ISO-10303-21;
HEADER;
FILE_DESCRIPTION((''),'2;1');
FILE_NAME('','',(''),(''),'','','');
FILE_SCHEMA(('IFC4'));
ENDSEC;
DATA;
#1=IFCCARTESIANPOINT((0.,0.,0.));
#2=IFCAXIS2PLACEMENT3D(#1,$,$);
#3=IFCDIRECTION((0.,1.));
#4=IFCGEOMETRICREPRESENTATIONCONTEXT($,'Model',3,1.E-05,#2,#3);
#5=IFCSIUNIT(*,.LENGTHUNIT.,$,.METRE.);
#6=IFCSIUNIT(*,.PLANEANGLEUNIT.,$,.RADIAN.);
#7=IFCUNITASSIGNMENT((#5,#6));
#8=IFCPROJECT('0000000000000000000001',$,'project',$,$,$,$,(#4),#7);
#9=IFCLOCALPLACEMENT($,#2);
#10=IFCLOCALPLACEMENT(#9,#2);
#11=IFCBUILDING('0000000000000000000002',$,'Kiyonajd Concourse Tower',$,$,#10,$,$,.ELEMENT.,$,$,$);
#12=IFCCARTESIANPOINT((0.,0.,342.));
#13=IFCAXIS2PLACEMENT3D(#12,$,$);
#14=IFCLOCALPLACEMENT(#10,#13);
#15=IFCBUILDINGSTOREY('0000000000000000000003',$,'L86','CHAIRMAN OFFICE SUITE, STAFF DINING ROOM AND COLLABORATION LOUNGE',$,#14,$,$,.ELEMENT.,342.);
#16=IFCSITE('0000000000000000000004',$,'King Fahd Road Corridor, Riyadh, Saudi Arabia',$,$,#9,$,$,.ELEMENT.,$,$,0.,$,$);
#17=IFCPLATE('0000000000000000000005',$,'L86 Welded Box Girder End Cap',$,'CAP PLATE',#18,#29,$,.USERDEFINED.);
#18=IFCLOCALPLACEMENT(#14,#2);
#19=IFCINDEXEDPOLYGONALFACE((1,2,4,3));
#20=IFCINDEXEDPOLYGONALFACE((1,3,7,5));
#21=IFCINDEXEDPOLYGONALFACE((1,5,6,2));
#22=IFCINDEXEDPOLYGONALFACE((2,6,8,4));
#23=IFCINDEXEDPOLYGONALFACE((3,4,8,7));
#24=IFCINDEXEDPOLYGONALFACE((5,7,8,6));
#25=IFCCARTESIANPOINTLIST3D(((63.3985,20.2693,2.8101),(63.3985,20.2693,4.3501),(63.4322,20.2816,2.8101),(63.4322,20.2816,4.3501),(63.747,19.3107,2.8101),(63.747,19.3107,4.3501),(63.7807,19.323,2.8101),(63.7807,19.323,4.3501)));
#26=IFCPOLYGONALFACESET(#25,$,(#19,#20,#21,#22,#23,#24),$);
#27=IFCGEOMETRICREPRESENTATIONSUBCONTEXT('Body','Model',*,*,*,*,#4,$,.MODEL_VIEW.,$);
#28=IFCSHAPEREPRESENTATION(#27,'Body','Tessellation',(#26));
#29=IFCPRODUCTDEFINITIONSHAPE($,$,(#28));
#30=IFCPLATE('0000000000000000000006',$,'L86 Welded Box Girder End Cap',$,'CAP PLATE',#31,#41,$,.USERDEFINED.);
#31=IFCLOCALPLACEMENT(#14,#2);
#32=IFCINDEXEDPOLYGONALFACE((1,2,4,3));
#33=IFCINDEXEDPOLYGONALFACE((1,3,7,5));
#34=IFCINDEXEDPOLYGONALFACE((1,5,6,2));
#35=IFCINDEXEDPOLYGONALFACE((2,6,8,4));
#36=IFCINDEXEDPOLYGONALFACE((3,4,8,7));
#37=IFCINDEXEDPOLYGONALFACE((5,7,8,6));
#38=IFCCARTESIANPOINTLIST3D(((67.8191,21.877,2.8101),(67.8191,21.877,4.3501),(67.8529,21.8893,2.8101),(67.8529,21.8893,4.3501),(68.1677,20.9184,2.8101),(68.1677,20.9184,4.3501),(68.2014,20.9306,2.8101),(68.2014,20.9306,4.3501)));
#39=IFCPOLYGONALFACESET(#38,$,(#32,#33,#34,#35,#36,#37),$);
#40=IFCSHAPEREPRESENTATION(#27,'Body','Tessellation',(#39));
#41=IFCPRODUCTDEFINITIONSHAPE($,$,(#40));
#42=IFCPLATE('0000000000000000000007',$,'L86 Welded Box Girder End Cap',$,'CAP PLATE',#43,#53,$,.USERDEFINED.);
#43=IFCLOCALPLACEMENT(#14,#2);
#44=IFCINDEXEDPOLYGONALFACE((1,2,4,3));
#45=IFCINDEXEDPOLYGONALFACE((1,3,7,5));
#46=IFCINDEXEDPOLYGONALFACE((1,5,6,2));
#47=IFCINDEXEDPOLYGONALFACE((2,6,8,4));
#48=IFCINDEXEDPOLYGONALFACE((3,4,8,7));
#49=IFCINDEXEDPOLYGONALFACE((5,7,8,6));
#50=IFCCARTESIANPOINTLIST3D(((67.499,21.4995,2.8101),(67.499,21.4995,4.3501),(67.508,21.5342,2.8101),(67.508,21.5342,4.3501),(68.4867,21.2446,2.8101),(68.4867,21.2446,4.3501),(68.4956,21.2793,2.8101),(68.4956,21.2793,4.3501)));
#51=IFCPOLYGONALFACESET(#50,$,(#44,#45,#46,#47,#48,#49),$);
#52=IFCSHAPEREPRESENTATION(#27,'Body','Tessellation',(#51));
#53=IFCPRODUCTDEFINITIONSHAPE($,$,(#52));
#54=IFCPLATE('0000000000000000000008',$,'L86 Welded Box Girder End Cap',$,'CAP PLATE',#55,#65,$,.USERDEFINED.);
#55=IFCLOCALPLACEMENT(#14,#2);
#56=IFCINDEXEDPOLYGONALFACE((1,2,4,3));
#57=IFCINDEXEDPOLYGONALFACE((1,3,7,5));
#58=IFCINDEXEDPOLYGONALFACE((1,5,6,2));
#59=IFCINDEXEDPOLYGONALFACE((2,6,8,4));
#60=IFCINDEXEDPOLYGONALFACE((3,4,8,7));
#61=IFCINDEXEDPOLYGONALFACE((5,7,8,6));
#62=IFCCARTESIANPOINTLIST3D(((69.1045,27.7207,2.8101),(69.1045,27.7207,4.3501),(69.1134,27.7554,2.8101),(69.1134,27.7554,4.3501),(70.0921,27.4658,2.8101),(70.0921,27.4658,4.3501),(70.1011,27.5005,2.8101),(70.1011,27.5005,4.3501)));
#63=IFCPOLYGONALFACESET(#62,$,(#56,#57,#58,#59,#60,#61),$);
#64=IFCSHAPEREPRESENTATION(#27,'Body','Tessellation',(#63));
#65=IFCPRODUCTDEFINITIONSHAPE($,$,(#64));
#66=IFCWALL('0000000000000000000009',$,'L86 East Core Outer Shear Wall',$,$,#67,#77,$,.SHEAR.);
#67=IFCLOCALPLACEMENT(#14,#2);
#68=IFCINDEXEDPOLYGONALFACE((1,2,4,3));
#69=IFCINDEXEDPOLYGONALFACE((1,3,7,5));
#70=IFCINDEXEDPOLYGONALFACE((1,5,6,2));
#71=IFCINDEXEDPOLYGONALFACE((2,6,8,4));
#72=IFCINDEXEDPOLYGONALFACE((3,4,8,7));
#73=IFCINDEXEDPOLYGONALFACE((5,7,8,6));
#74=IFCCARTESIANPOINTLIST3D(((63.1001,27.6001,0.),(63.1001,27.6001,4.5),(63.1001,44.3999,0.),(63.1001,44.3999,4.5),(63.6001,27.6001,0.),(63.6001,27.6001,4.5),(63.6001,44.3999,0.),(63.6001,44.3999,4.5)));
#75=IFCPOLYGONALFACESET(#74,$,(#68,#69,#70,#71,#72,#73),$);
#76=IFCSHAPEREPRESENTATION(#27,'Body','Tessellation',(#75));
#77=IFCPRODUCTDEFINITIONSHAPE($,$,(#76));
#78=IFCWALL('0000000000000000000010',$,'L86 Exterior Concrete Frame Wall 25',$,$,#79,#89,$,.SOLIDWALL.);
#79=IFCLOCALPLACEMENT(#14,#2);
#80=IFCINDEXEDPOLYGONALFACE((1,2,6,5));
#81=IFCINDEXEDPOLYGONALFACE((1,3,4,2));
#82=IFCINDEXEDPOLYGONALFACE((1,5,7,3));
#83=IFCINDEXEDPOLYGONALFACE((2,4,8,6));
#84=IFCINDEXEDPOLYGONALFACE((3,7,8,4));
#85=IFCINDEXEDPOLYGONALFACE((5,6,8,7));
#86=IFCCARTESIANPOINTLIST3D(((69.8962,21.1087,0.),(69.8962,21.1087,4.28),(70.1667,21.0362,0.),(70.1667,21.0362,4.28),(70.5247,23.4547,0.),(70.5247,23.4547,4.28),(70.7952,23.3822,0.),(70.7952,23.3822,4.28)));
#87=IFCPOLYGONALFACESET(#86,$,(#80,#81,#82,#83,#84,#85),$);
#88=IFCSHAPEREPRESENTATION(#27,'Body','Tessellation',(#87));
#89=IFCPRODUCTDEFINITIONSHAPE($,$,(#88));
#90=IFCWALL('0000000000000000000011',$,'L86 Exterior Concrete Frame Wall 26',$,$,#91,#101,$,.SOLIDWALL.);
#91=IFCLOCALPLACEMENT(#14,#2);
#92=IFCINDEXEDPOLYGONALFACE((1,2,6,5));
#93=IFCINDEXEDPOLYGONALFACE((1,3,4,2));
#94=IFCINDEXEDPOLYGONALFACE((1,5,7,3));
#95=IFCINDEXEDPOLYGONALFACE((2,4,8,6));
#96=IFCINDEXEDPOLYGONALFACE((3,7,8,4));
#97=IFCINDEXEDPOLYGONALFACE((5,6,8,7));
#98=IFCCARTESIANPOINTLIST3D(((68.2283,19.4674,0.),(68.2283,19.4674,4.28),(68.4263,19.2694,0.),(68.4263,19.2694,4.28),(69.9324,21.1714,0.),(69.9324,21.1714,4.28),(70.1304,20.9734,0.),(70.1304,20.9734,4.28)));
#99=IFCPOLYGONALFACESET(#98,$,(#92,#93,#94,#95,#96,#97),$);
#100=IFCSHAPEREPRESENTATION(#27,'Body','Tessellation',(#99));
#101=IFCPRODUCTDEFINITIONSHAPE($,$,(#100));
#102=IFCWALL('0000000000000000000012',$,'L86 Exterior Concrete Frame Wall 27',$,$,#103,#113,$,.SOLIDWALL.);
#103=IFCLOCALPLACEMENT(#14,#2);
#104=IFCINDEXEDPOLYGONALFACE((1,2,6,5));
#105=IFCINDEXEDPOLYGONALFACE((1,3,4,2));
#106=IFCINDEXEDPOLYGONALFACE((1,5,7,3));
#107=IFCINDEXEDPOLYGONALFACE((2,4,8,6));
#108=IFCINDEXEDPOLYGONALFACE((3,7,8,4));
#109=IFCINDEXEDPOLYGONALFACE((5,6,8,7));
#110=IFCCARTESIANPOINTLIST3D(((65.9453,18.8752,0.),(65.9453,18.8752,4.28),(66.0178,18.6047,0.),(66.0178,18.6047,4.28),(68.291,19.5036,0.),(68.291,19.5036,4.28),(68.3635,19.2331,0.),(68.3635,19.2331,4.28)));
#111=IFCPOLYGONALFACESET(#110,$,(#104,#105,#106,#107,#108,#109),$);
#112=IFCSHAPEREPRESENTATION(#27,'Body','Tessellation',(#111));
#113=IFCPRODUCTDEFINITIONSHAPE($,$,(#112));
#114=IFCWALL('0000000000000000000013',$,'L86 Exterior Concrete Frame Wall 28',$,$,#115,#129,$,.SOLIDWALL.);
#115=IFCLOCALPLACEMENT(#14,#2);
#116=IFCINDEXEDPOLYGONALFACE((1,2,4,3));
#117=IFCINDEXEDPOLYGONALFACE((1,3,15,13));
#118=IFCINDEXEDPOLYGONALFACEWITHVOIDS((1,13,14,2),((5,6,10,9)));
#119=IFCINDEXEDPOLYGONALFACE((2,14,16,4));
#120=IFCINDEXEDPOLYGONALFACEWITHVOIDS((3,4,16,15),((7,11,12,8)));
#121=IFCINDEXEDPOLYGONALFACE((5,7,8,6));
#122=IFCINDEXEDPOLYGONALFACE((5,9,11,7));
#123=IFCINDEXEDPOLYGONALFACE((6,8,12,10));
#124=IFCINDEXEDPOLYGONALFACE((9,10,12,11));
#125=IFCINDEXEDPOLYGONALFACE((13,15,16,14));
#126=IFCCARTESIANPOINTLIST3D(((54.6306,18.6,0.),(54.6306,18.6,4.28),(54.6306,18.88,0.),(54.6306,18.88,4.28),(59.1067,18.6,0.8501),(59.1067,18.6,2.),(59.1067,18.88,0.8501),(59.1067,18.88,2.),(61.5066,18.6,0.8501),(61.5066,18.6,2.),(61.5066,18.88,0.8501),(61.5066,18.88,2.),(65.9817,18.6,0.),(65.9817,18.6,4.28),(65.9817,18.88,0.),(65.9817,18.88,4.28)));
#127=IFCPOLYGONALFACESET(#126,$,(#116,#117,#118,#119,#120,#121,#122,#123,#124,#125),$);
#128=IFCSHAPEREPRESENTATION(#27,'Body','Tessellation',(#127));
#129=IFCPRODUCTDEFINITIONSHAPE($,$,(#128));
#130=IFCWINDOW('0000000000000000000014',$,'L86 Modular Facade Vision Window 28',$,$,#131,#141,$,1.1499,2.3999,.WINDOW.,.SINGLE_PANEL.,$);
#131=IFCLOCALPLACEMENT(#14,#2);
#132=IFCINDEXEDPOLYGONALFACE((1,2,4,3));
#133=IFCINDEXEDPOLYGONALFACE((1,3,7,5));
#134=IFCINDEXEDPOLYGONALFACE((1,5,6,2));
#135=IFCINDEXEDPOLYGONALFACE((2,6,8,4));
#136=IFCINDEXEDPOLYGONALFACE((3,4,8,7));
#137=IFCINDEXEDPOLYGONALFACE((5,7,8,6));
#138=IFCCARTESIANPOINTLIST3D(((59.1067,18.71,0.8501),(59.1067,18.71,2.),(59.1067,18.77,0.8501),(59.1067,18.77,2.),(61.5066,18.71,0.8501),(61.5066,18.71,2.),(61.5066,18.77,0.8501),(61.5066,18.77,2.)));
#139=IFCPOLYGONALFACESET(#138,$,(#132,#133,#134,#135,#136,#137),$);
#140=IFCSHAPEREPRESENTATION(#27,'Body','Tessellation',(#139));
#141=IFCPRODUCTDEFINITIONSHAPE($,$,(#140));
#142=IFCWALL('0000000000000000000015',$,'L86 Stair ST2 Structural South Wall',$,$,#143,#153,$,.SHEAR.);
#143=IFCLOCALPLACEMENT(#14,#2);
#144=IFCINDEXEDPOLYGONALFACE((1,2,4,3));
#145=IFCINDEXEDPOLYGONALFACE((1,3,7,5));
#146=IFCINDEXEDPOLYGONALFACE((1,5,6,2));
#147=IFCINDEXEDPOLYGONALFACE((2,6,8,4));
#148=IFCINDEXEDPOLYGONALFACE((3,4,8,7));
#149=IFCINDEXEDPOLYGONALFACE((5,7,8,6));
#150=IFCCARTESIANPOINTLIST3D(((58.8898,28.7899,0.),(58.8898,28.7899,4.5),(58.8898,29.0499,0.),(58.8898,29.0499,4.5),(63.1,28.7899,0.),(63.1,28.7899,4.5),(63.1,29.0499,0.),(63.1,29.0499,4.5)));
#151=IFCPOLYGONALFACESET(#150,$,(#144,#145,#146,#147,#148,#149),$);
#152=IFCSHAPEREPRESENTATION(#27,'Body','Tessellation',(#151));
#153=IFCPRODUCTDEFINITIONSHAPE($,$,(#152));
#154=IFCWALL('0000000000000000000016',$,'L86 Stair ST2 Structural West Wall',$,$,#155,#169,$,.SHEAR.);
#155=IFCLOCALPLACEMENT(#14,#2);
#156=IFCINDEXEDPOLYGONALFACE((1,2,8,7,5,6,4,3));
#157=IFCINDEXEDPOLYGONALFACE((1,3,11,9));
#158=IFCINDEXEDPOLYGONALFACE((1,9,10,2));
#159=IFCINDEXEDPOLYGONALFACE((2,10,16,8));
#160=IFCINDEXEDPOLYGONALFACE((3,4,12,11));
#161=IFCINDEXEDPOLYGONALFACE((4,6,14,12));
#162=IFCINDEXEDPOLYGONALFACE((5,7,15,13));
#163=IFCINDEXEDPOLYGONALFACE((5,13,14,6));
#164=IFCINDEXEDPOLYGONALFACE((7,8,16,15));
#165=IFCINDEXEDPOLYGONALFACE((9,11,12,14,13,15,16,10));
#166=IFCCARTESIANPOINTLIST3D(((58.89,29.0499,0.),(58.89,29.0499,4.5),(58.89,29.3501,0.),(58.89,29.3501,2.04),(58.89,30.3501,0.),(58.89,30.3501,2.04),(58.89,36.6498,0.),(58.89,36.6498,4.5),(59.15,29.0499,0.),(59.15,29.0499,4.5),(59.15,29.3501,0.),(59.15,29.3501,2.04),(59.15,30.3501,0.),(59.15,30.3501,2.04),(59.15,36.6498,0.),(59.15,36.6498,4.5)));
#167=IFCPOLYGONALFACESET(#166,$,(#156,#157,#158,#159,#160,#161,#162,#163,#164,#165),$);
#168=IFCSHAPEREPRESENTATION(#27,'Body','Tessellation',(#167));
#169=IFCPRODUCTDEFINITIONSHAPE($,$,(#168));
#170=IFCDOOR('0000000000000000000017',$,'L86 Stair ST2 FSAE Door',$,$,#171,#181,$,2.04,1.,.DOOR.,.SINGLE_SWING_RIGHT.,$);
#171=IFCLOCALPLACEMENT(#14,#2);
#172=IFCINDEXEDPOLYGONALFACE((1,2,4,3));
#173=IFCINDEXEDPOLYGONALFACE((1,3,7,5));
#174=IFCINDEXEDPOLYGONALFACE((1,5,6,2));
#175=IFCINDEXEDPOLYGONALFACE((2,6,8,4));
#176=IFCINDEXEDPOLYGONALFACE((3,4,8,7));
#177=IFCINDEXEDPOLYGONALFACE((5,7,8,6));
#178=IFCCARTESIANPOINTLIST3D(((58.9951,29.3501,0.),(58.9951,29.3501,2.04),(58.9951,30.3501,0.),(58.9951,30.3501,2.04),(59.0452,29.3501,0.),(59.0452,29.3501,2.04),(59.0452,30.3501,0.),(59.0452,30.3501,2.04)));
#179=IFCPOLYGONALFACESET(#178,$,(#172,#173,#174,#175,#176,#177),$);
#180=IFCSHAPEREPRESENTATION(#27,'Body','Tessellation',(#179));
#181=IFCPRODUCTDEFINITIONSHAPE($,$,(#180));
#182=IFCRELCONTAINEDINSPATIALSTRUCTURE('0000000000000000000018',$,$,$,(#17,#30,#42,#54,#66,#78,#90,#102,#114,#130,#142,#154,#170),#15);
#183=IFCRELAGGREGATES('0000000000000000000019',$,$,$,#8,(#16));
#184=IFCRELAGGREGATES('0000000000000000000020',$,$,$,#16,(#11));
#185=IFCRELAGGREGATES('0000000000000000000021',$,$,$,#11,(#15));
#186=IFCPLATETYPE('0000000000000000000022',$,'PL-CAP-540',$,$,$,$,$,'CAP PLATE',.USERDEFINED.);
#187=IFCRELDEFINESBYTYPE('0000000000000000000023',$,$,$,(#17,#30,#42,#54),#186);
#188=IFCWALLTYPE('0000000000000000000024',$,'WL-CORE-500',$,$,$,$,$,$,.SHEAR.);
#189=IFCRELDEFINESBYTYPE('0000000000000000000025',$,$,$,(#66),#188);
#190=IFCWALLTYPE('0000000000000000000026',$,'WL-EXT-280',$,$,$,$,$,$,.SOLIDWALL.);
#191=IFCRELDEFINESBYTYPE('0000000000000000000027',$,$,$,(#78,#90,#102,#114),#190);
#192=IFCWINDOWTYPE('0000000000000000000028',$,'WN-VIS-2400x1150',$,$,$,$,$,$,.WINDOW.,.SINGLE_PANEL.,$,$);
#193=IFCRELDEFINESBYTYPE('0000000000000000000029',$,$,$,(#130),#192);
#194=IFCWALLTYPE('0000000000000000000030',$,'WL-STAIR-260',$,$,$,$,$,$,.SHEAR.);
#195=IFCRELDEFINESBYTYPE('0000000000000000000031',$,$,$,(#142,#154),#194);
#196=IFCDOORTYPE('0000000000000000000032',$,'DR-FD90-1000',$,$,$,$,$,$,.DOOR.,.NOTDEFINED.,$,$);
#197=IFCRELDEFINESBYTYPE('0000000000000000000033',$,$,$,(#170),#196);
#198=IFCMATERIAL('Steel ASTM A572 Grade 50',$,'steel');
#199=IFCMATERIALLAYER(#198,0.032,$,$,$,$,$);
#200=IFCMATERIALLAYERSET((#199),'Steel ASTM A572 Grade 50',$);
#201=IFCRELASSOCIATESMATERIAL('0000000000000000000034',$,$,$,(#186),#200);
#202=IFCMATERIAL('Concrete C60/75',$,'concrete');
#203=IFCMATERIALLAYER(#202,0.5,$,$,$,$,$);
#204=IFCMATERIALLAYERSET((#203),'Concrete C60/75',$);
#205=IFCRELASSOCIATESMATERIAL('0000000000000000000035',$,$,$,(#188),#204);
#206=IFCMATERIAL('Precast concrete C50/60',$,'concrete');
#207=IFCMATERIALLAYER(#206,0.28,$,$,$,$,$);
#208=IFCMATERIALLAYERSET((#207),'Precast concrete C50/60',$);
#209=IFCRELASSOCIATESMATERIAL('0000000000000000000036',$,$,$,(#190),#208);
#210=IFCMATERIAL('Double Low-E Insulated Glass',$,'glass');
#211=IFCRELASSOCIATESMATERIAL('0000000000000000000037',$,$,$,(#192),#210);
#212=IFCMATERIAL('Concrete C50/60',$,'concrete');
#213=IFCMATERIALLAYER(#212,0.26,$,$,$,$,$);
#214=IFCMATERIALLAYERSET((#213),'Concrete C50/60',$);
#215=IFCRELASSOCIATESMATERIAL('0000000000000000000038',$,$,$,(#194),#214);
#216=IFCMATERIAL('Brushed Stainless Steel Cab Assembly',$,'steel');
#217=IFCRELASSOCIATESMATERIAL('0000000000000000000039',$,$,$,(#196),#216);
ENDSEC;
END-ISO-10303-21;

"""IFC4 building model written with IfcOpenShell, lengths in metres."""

from ifc_helpers import new_model, si_unit, direction, frame, frame_2d, origin, origin_2d, place, context, subcontext, project, spatial, rectangle, extrude, material, layer, layer_set, type_object, element, fill, save


model = new_model("IFC4")

# Units and contexts
model_context = context("Model", 3, precision=1e-05, world=origin(), true_north=direction((0.0, 1.0)))
body_context = subcontext(model_context, "Body", "Model", "MODEL_VIEW")
ifc_project = project(units=[si_unit("LENGTHUNIT", "METRE"), si_unit("PLANEANGLEUNIT", "RADIAN")], contexts=[model_context])

# Site, building, storey
site_placement = place(None, origin())
site = spatial("IfcSite", under=ifc_project, at=site_placement, Name="King Fahd Road Corridor, Riyadh, Saudi Arabia", CompositionType="ELEMENT", RefElevation=0.0)
building_placement = place(site_placement, origin())
building = spatial("IfcBuilding", under=site, at=building_placement, Name="Kiyonajd Concourse Tower", CompositionType="ELEMENT")
storey_placement = place(building_placement, frame((0.0, 0.0, 342.0)))
storey = spatial("IfcBuildingStorey", under=building, at=storey_placement, Name="L86", Description="CHAIRMAN OFFICE SUITE, STAFF DINING ROOM AND COLLABORATION LOUNGE", CompositionType="ELEMENT", Elevation=342.0)

# Shared definitions
ifc_material_1 = material(Name="Concrete C60/75", Category="concrete")

# Shared definitions
ifc_material_2 = material(Name="Steel ASTM A572 Grade 50", Category="steel")

# Plates
ifc_layer_1 = layer(ifc_material_2, 0.032)
ifc_layer_set_1 = layer_set([ifc_layer_1], Name="Steel ASTM A572 Grade 50")
plate_type = type_object("IfcPlateType", Name="PL-CAP-540", ElementType="CAP PLATE", PredefinedType="USERDEFINED", material=ifc_layer_set_1)
for number, where, z_axis, x_axis, name in (
    (1, (63.5896, 19.7961, 2.8101), (0.0, 0.0, 1.0), (-0.939812, -0.341692, 0.0), "L86 Welded Box Girder End Cap"),
    (2, (68.0103, 21.4038, 2.8101), (0.0, 0.0, 1.0), (0.939812, 0.341692, 0.0), "L86 Welded Box Girder End Cap"),
    (3, (67.9973, 21.3894, 2.8101), (0.0, 0.0, 1.0), (-0.249873, -0.968279, 0.0), "L86 Welded Box Girder End Cap"),
    (4, (69.6028, 27.6106, 2.8101), (0.0, 0.0, 1.0), (0.249873, 0.968279, 0.0), "L86 Welded Box Girder End Cap"),
):
    element("IfcPlate", number, at=place(storey_placement, frame(where, z_axis=z_axis, x_axis=x_axis)), inside=storey, type_object=plate_type, Name=name, ObjectType="CAP PLATE", PredefinedType="USERDEFINED", context=body_context, shape_type="SweptSolid", body=[
        extrude(rectangle(XDim=0.0359, YDim=1.02, at=origin_2d()), origin(), (0.0, 0.0, 1.0), 1.54),
    ])

# Walls
ifc_layer_2 = layer(ifc_material_1, 0.5)
ifc_layer_set_2 = layer_set([ifc_layer_2], Name="Concrete C60/75")
wall_type_1 = type_object("IfcWallType", Name="WL-CORE-500", PredefinedType="SHEAR", material=ifc_layer_set_2)
wall_1_placement = place(storey_placement, frame((63.3501, 27.6001, 0.0), z_axis=(0.0, 0.0, 1.0), x_axis=(0.0, 1.0, 0.0)))
element("IfcWall", 5, at=wall_1_placement, inside=storey, type_object=wall_type_1, Name="L86 East Core Outer Shear Wall", PredefinedType="SHEAR", context=body_context, shape_type="SweptSolid", body=[
    extrude(rectangle(XDim=16.7998, YDim=0.5, at=frame_2d((8.3999, 0.0))), origin(), (0.0, 0.0, 1.0), 4.5),
])
ifc_material_3 = material(Name="Precast concrete C50/60", Category="concrete")
ifc_layer_3 = layer(ifc_material_3, 0.28)
ifc_layer_set_3 = layer_set([ifc_layer_3], Name="Precast concrete C50/60")
wall_type_2 = type_object("IfcWallType", Name="WL-EXT-280", PredefinedType="SOLIDWALL", material=ifc_layer_set_3)
wall_2_placement = place(storey_placement, frame((70.6599, 23.4185, 0.0), z_axis=(0.0, 0.0, 1.0), x_axis=(-0.258751, -0.965944, 0.0)))
element("IfcWall", 6, at=wall_2_placement, inside=storey, type_object=wall_type_2, Name="L86 Exterior Concrete Frame Wall 25", PredefinedType="SOLIDWALL", context=body_context, shape_type="SweptSolid", body=[
    extrude(rectangle(XDim=2.4287, YDim=0.28, at=frame_2d((1.2144, 0.0))), origin(), (0.0, 0.0, 1.0), 4.28),
])
wall_3_placement = place(storey_placement, frame((70.0315, 21.0725, 0.0), z_axis=(0.0, 0.0, 1.0), x_axis=(-0.707107, -0.707107, 0.0)))
element("IfcWall", 7, at=wall_3_placement, inside=storey, type_object=wall_type_2, Name="L86 Exterior Concrete Frame Wall 26", PredefinedType="SOLIDWALL", context=body_context, shape_type="SweptSolid", body=[
    extrude(rectangle(XDim=2.4099, YDim=0.28, at=frame_2d((1.2051, 0.0))), origin(), (0.0, 0.0, 1.0), 4.28),
])
wall_4_placement = place(storey_placement, frame((68.3274, 19.3684, 0.0), z_axis=(0.0, 0.0, 1.0), x_axis=(-0.965937, -0.258776, 0.0)))
element("IfcWall", 8, at=wall_4_placement, inside=storey, type_object=wall_type_2, Name="L86 Exterior Concrete Frame Wall 27", PredefinedType="SOLIDWALL", context=body_context, shape_type="SweptSolid", body=[
    extrude(rectangle(XDim=2.4285, YDim=0.28, at=frame_2d((1.2144, 0.0))), origin(), (0.0, 0.0, 1.0), 4.28),
])

# Wall, opening, window
wall_5_placement = place(storey_placement, frame((65.9817, 18.74, 0.0), z_axis=(0.0, 0.0, 1.0), x_axis=(-1.0, 0.0, 0.0)))
wall_5 = element("IfcWall", 9, at=wall_5_placement, inside=storey, type_object=wall_type_2, Name="L86 Exterior Concrete Frame Wall 28", PredefinedType="SOLIDWALL", context=body_context, shape_type="SweptSolid", body=[
    extrude(rectangle(XDim=11.3511, YDim=0.28, at=frame_2d((5.6755, 0.0))), origin(), (0.0, 0.0, 1.0), 4.28),
])
opening_1_placement = place(wall_5_placement, frame((4.4751, 0.0, 0.8501)))
opening_1 = element("IfcOpeningElement", 10, at=opening_1_placement, cuts=wall_5, PredefinedType="OPENING", context=body_context, shape_type="SweptSolid", body=[
    extrude(rectangle(XDim=2.3999, YDim=1.1499, at=frame_2d((1.2, 0.575))), frame((0.0, 0.1499, 0.0), z_axis=(0.0, -1.0, 0.0), x_axis=(1.0, 0.0, 0.0)), (0.0, 0.0, 1.0), 0.3),
])
ifc_material_4 = material(Name="Double Low-E Insulated Glass", Category="glass")
window_type = type_object("IfcWindowType", Name="WN-VIS-2400x1150", PartitioningType="SINGLE_PANEL", PredefinedType="WINDOW", material=ifc_material_4)
window_placement = place(opening_1_placement, origin())
window = element("IfcWindow", 11, at=window_placement, inside=storey, type_object=window_type, Name="L86 Modular Facade Vision Window 28", OverallHeight=1.1499, OverallWidth=2.3999, PartitioningType="SINGLE_PANEL", PredefinedType="WINDOW", context=body_context, shape_type="SweptSolid", body=[
    extrude(rectangle(XDim=2.3999, YDim=1.1499, at=frame_2d((1.2, 0.575))), frame((0.0, 0.03, 0.0), z_axis=(0.0, -1.0, 0.0), x_axis=(1.0, 0.0, 0.0)), (0.0, 0.0, 1.0), 0.0601),
])
fill(opening_1, window)

# Wall
ifc_material_5 = material(Name="Concrete C50/60", Category="concrete")
ifc_layer_4 = layer(ifc_material_5, 0.26)
ifc_layer_set_4 = layer_set([ifc_layer_4], Name="Concrete C50/60")
wall_type_3 = type_object("IfcWallType", Name="WL-STAIR-260", PredefinedType="SHEAR", material=ifc_layer_set_4)
wall_6_placement = place(storey_placement, frame((58.8899, 28.9199, 0.0), z_axis=(0.0, 0.0, 1.0), x_axis=(1.0, 0.0, 0.0)))
element("IfcWall", 12, at=wall_6_placement, inside=storey, type_object=wall_type_3, Name="L86 Stair ST2 Structural South Wall", PredefinedType="SHEAR", context=body_context, shape_type="SweptSolid", body=[
    extrude(rectangle(XDim=4.2102, YDim=0.26, at=frame_2d((2.105, 0.0))), origin(), (0.0, 0.0, 1.0), 4.5),
])

# Wall, opening, door
wall_7_placement = place(storey_placement, frame((59.02, 29.05, 0.0), z_axis=(0.0, 0.0, 1.0), x_axis=(0.0, 1.0, 0.0)))
wall_7 = element("IfcWall", 13, at=wall_7_placement, inside=storey, type_object=wall_type_3, Name="L86 Stair ST2 Structural West Wall", PredefinedType="SHEAR", context=body_context, shape_type="SweptSolid", body=[
    extrude(rectangle(XDim=7.5999, YDim=0.26, at=frame_2d((3.7998, 0.0))), origin(), (0.0, 0.0, 1.0), 4.5),
])
opening_2_placement = place(wall_7_placement, frame((0.3, 0.0, 0.0)))
opening_2 = element("IfcOpeningElement", 14, at=opening_2_placement, cuts=wall_7, PredefinedType="OPENING", context=body_context, shape_type="SweptSolid", body=[
    extrude(rectangle(XDim=1.0, YDim=2.04, at=frame_2d((0.5, 1.02))), frame((0.0, 0.1399, 0.0), z_axis=(0.0, -1.0, 0.0), x_axis=(1.0, 0.0, 0.0)), (0.0, 0.0, 1.0), 0.28),
])
ifc_material_6 = material(Name="Brushed Stainless Steel Cab Assembly", Category="steel")
door_type = type_object("IfcDoorType", Name="DR-FD90-1000", OperationType="NOTDEFINED", PredefinedType="DOOR", material=ifc_material_6)
door_placement = place(opening_2_placement, origin())
door = element("IfcDoor", 15, at=door_placement, inside=storey, type_object=door_type, Name="L86 Stair ST2 FSAE Door", OperationType="SINGLE_SWING_RIGHT", OverallHeight=2.04, OverallWidth=1.0, PredefinedType="DOOR", context=body_context, shape_type="SweptSolid", body=[
    extrude(rectangle(XDim=1.0, YDim=2.04, at=frame_2d((0.5, 1.02))), frame((0.0, 0.0249, 0.0), z_axis=(0.0, -1.0, 0.0), x_axis=(1.0, 0.0, 0.0)), (0.0, 0.0, 1.0), 0.05),
])
fill(opening_2, door)

save(model, "model.ifc")
